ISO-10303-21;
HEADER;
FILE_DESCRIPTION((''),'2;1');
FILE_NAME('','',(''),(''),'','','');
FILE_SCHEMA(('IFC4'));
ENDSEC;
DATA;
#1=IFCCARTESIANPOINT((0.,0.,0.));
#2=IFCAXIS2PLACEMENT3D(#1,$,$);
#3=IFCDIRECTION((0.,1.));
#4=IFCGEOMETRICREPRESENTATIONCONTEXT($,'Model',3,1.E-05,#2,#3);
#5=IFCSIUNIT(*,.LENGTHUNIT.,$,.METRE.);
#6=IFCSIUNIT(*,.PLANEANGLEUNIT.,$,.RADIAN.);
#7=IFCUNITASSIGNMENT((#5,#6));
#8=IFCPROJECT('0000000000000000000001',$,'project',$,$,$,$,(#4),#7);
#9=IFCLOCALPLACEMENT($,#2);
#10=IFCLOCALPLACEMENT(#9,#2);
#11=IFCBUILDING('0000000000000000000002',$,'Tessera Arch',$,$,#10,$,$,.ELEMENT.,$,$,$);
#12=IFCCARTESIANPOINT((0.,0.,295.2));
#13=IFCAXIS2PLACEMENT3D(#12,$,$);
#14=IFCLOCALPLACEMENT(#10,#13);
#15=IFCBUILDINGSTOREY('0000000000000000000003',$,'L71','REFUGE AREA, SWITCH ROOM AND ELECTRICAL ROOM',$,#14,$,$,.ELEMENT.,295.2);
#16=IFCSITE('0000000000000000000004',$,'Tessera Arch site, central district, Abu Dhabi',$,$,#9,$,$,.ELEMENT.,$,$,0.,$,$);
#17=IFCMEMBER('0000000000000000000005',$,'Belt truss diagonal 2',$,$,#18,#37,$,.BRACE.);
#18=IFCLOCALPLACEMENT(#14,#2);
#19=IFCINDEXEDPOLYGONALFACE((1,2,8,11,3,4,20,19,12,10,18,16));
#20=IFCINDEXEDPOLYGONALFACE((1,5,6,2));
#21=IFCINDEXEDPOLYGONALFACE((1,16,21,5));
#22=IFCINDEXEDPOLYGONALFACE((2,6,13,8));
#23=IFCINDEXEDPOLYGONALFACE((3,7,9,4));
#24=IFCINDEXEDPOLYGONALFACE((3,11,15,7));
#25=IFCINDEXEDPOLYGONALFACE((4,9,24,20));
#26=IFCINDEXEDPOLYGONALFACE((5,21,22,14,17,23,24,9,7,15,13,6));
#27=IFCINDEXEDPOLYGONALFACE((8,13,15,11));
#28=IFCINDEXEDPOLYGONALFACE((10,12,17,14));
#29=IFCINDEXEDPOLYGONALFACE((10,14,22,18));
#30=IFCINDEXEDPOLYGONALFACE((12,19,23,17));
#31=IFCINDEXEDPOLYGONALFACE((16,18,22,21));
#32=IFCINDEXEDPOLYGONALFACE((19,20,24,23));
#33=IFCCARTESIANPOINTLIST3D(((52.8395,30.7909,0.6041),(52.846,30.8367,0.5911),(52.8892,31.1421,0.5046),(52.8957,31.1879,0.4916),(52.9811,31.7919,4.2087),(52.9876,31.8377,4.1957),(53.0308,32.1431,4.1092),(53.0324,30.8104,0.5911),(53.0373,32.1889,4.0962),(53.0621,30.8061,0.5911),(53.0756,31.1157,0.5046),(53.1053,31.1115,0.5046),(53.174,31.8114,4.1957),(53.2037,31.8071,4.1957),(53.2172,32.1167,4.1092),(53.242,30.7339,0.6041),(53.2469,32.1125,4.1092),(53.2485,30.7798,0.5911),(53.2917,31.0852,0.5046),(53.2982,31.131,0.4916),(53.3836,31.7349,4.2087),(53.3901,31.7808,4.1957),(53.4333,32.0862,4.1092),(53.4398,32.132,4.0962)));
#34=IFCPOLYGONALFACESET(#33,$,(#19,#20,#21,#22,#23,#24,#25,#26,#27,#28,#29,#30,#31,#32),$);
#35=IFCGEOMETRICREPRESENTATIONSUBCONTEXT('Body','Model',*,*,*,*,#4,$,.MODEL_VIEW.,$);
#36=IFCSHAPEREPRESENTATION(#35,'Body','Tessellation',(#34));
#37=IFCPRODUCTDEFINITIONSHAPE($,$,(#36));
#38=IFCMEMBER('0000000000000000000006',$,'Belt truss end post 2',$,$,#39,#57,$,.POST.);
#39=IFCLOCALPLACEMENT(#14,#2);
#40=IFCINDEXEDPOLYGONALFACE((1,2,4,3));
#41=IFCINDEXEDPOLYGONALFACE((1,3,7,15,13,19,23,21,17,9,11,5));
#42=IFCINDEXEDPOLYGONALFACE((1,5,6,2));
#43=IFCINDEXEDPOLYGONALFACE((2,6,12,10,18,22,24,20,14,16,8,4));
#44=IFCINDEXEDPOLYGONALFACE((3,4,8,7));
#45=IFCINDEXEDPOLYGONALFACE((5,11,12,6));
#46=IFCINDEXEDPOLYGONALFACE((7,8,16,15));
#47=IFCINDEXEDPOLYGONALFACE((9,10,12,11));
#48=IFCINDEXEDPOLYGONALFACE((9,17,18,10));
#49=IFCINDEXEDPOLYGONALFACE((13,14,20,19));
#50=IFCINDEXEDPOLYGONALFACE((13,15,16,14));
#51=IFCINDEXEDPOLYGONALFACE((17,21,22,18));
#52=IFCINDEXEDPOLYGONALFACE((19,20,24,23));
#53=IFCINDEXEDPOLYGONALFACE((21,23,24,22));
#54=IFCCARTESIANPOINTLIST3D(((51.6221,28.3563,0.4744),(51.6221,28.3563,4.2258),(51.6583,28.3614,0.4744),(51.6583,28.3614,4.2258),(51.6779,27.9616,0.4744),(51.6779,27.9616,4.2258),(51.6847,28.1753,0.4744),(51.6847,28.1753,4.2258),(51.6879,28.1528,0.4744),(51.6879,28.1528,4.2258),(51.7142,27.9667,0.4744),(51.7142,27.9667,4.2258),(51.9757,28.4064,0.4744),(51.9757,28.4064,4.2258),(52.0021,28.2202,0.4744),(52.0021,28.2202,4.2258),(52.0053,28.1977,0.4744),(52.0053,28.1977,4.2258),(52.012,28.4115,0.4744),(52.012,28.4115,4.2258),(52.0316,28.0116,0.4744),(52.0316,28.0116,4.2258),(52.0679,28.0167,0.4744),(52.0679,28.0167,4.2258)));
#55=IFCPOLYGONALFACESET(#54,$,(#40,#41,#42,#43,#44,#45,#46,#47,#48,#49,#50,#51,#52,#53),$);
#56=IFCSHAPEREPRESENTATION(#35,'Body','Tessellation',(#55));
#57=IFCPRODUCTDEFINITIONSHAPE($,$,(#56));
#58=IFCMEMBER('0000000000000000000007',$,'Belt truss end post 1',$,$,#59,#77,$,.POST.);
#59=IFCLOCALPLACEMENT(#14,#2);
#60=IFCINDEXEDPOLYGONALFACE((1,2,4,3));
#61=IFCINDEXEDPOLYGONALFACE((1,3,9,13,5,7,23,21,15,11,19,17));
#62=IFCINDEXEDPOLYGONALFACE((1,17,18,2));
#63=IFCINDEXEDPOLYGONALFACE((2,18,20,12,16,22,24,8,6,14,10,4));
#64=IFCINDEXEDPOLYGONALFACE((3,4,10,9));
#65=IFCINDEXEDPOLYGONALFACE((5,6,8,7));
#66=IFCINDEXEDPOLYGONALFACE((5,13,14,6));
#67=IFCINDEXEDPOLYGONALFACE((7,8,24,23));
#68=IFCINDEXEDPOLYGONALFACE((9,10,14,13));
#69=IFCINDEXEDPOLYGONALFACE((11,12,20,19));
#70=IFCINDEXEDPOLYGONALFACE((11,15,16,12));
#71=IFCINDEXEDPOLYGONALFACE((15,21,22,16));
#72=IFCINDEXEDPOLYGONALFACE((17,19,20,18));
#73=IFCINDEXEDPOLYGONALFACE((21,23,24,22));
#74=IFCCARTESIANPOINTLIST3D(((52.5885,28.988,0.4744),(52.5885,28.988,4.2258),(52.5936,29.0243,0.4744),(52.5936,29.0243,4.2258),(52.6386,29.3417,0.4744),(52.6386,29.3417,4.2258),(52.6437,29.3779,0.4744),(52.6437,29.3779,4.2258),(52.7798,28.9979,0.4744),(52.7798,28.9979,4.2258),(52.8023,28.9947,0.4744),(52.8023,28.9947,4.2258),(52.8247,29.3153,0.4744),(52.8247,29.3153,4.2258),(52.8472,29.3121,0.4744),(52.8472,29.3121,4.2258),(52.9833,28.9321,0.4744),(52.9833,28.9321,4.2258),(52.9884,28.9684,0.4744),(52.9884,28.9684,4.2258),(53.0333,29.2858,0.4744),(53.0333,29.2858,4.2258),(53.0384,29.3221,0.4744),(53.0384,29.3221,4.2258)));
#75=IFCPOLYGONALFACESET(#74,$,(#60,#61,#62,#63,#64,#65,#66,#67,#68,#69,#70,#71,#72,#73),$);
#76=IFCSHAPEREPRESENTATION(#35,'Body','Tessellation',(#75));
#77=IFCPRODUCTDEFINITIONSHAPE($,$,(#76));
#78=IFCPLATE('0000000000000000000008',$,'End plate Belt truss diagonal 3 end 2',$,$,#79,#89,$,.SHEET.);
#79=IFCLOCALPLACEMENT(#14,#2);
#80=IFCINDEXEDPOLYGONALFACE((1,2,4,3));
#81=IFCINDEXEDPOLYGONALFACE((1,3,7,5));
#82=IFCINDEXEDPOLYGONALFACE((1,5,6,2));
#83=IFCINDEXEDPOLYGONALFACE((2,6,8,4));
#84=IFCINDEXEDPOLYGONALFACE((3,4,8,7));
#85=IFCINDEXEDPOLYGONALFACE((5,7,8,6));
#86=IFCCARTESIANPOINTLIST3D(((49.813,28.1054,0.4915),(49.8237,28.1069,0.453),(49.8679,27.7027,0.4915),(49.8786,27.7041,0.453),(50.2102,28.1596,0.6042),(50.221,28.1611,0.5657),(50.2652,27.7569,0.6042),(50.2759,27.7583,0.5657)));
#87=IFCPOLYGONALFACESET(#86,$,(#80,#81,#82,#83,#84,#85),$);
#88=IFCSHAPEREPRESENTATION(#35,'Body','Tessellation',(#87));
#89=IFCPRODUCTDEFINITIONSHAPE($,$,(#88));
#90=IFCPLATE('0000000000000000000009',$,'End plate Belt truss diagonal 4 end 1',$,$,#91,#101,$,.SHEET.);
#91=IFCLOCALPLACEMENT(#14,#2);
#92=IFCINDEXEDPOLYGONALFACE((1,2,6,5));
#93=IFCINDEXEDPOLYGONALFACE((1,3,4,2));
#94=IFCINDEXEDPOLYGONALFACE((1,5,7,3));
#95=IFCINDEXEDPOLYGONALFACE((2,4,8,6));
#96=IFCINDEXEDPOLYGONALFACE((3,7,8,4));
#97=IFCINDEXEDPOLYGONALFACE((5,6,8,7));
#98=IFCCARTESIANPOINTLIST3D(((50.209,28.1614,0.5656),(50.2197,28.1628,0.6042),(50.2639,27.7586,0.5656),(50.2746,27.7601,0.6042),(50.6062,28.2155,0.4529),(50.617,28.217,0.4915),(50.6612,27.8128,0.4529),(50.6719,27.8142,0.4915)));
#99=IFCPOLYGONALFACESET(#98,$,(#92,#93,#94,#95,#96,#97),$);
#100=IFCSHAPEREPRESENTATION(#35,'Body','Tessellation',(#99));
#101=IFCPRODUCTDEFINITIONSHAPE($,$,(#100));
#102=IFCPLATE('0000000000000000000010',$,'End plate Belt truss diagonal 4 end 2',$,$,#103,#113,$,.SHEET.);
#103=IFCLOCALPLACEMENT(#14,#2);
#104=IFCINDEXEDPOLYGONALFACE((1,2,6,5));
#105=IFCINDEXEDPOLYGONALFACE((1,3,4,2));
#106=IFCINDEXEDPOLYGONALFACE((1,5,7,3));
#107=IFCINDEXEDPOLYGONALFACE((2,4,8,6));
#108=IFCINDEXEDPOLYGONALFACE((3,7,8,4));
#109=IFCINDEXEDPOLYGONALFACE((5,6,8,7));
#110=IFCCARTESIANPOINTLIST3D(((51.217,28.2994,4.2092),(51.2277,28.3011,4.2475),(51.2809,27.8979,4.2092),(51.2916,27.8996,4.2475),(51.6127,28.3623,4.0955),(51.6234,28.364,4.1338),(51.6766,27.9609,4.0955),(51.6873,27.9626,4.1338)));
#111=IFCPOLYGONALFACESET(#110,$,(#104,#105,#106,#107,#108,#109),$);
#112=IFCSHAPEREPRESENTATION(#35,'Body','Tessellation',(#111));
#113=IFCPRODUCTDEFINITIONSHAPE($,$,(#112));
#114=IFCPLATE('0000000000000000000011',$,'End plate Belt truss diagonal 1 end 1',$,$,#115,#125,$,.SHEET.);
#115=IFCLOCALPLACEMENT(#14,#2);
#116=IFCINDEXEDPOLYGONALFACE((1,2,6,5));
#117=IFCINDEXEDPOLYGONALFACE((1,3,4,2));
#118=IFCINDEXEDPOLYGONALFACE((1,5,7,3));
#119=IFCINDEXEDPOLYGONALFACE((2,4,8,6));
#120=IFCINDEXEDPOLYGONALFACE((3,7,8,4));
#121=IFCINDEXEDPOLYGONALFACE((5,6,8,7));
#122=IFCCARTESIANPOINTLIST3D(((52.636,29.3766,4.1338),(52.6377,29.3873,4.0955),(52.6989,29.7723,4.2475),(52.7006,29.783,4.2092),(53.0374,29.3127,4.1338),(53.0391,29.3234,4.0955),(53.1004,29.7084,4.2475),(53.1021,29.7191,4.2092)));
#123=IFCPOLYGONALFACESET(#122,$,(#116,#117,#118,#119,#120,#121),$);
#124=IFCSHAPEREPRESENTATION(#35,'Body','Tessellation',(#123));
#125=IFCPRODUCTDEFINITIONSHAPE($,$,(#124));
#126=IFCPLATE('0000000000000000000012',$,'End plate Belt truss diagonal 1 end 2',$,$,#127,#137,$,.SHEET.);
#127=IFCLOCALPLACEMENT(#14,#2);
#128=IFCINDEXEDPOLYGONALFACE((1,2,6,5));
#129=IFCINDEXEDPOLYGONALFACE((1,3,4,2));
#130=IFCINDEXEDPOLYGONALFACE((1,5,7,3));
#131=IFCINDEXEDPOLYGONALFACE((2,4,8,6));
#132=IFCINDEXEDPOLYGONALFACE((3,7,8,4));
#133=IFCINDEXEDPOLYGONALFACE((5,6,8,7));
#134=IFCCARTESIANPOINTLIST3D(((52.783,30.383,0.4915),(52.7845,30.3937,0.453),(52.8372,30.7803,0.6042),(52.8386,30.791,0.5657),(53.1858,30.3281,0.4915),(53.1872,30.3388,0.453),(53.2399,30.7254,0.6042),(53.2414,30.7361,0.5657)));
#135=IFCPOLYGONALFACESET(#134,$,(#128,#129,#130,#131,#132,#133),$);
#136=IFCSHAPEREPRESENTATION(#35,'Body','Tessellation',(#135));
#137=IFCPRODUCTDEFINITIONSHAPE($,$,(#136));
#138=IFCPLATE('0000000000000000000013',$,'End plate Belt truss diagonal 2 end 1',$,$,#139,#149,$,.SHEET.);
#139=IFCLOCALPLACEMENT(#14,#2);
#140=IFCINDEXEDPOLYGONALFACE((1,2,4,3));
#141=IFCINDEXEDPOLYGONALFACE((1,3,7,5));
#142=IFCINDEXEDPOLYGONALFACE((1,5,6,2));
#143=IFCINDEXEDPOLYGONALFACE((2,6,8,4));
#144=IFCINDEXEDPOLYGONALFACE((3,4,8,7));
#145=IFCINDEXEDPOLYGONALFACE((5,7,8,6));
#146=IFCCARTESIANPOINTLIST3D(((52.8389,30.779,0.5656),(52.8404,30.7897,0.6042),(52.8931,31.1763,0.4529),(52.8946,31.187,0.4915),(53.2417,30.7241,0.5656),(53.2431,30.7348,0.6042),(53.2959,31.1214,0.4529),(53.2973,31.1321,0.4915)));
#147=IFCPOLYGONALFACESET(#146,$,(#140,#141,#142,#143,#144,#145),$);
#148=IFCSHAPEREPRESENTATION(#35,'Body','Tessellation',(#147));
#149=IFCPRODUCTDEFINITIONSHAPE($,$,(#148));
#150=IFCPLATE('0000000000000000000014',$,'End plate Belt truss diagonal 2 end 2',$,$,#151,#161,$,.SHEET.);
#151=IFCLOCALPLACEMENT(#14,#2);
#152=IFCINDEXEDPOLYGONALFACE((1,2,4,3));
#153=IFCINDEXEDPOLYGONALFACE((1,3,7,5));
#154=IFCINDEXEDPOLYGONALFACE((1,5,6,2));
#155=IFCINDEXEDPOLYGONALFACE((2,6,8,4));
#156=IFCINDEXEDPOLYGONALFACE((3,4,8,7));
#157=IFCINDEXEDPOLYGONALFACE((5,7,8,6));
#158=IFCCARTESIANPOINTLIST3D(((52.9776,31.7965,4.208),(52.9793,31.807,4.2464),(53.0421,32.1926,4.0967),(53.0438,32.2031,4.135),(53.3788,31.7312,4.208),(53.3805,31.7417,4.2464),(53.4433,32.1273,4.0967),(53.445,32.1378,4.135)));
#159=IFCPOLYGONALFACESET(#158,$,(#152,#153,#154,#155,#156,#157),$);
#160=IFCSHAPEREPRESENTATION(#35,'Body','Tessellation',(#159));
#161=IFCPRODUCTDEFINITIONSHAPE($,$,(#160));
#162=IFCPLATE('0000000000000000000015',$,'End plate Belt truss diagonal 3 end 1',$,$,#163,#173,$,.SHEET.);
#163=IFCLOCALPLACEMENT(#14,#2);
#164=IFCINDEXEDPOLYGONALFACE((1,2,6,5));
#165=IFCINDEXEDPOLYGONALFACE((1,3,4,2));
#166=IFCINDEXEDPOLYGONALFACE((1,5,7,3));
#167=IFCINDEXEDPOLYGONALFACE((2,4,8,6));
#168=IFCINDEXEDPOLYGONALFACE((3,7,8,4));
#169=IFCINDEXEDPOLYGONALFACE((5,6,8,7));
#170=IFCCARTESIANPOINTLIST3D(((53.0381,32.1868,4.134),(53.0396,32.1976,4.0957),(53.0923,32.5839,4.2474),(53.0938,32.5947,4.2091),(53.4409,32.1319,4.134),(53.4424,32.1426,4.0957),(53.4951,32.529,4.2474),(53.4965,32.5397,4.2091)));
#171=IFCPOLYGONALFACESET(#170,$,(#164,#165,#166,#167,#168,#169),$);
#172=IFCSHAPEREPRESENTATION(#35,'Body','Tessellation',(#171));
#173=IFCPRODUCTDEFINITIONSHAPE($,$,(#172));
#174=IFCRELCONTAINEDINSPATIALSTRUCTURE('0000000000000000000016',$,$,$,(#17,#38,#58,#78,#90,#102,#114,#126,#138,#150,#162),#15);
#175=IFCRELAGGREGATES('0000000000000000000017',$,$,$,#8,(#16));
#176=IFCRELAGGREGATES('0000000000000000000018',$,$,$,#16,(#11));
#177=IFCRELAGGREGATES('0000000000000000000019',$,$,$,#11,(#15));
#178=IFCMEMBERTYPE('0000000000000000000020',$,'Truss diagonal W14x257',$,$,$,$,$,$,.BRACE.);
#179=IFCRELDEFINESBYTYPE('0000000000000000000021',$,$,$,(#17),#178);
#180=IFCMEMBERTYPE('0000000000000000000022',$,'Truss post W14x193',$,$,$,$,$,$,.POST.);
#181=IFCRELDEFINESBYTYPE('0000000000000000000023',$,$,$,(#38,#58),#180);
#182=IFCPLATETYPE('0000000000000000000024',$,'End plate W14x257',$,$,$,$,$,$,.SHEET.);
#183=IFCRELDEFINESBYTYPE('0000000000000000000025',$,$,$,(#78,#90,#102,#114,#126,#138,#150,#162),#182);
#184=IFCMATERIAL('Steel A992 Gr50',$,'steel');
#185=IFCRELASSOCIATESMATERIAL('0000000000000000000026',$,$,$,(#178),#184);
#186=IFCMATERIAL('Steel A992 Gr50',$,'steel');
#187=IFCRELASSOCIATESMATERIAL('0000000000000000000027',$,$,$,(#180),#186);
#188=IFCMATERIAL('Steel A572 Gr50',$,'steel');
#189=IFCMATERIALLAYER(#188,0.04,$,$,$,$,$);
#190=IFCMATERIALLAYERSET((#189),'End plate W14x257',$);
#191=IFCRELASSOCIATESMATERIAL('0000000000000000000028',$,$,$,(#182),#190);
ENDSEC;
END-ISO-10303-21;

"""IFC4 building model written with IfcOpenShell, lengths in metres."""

from ifc_helpers import new_model, si_unit, direction, frame, origin, origin_2d, place, context, subcontext, project, spatial, rectangle, i_section, extrude, material, layer, layer_set, material_profile, profile_set, type_object, element, save


model = new_model("IFC4")

# Units and contexts
model_context = context("Model", 3, precision=1e-05, world=origin(), true_north=direction((0.0, 1.0)))
body_context = subcontext(model_context, "Body", "Model", "MODEL_VIEW")
ifc_project = project(units=[si_unit("LENGTHUNIT", "METRE"), si_unit("PLANEANGLEUNIT", "RADIAN")], contexts=[model_context])

# Site, building, storey
site_placement = place(None, origin())
site = spatial("IfcSite", under=ifc_project, at=site_placement, Name="Tessera Arch site, central district, Abu Dhabi", CompositionType="ELEMENT", RefElevation=0.0)
building_placement = place(site_placement, origin())
building = spatial("IfcBuilding", under=site, at=building_placement, Name="Tessera Arch", CompositionType="ELEMENT")
storey_placement = place(building_placement, frame((0.0, 0.0, 295.2)))
storey = spatial("IfcBuildingStorey", under=building, at=storey_placement, Name="L71", Description="REFUGE AREA, SWITCH ROOM AND ELECTRICAL ROOM", CompositionType="ELEMENT", Elevation=295.2)

# Members
ifc_material_1 = material(Name="Steel A992 Gr50", Category="steel")
ifc_material_profile_1 = material_profile(ifc_material_1, i_section(OverallWidth=0.4065, OverallDepth=0.4165, WebThickness=0.03, FlangeThickness=0.0481, at=origin_2d()), Name="W14x257")
ifc_profile_set_1 = profile_set([ifc_material_profile_1], Name="Steel A992 Gr50")
member_type_1 = type_object("IfcMemberType", Name="Truss diagonal W14x257", PredefinedType="BRACE", material=ifc_profile_set_1)
for number, where, z_axis, x_axis, name in (
    (1, (53.0688, 30.9609, 0.5479), (0.037825, 0.267385, 0.962847), (-0.990142, 0.140069, 0.0), "Belt truss diagonal 2"),
):
    element("IfcMember", number, at=place(storey_placement, frame(where, z_axis=z_axis, x_axis=x_axis)), inside=storey, type_object=member_type_1, Name=name, PredefinedType="BRACE", context=body_context, shape_type="SweptSolid", body=[
        extrude(i_section(OverallWidth=0.4065, OverallDepth=0.4165, WebThickness=0.03, FlangeThickness=0.0481, at=origin_2d()), origin(), (0.0, 0.0, 1.0), 3.7437),
    ])
ifc_material_2 = material(Name="Steel A992 Gr50", Category="steel")
ifc_material_profile_2 = material_profile(ifc_material_2, i_section(OverallWidth=0.3987, OverallDepth=0.3938, WebThickness=0.0227, FlangeThickness=0.0366, at=origin_2d()), Name="W14x193")
ifc_profile_set_2 = profile_set([ifc_material_profile_2], Name="Steel A992 Gr50")
member_type_2 = type_object("IfcMemberType", Name="Truss post W14x193", PredefinedType="POST", material=ifc_profile_set_2)
for number, where, z_axis, x_axis, name in (
    (2, (51.845, 28.1865, 0.4744), (0.0, 0.0, 1.0), (-0.140089, 0.990139, 0.0), "Belt truss end post 2"),
    (3, (52.8135, 29.155, 0.4744), (0.0, 0.0, 1.0), (-0.990139, 0.140089, 0.0), "Belt truss end post 1"),
):
    element("IfcMember", number, at=place(storey_placement, frame(where, z_axis=z_axis, x_axis=x_axis)), inside=storey, type_object=member_type_2, Name=name, PredefinedType="POST", context=body_context, shape_type="SweptSolid", body=[
        extrude(i_section(OverallWidth=0.3987, OverallDepth=0.3938, WebThickness=0.0227, FlangeThickness=0.0366, at=origin_2d()), origin(), (0.0, 0.0, 1.0), 3.7515),
    ])

# Plates
ifc_material_3 = material(Name="Steel A572 Gr50", Category="steel")
ifc_layer = layer(ifc_material_3, 0.04)
ifc_layer_set = layer_set([ifc_layer], Name="End plate W14x257")
plate_type = type_object("IfcPlateType", Name="End plate W14x257", PredefinedType="SHEET", material=ifc_layer_set)
for number, where, z_axis, x_axis, name in (
    (4, (50.0391, 27.9312, 0.5479), (0.268093, 0.036558, -0.962699), (-0.135113, 0.99083, 0.0), "End plate Belt truss diagonal 3 end 2"),
    (5, (50.4351, 27.9871, 0.5093), (0.268093, 0.036558, 0.962699), (-0.135113, 0.99083, 0.0), "End plate Belt truss diagonal 4 end 1"),
):
    element("IfcPlate", number, at=place(storey_placement, frame(where, z_axis=z_axis, x_axis=x_axis)), inside=storey, type_object=plate_type, Name=name, PredefinedType="SHEET", context=body_context, shape_type="SweptSolid", body=[
        extrude(rectangle(XDim=0.4065, YDim=0.4165, at=origin_2d()), origin(), (0.0, 0.0, 1.0), 0.04),
    ])
for number, where, z_axis, x_axis, name in (
    (6, (51.4468, 28.1301, 4.1523), (0.269609, 0.042892, 0.962014), (-0.157115, 0.98758, 0.0), "End plate Belt truss diagonal 4 end 2"),
    (7, (52.8682, 29.5425, 4.1907), (0.042892, 0.269609, -0.962014), (-0.98758, 0.157115, 0.0), "End plate Belt truss diagonal 1 end 1"),
):
    element("IfcPlate", number, at=place(storey_placement, frame(where, z_axis=z_axis, x_axis=x_axis)), inside=storey, type_object=plate_type, Name=name, PredefinedType="SHEET", context=body_context, shape_type="SweptSolid", body=[
        extrude(rectangle(XDim=0.4065, YDim=0.4165, at=origin_2d()), origin(), (0.0, 0.0, 1.0), 0.0398),
    ])
for number, where, z_axis, x_axis, name in (
    (8, (53.0115, 30.5542, 0.5479), (0.036558, 0.268093, -0.962699), (-0.99083, 0.135113, 0.0), "End plate Belt truss diagonal 1 end 2"),
    (9, (53.0674, 30.9502, 0.5093), (0.036558, 0.268093, 0.962699), (-0.99083, 0.135113, 0.0), "End plate Belt truss diagonal 2 end 1"),
):
    element("IfcPlate", number, at=place(storey_placement, frame(where, z_axis=z_axis, x_axis=x_axis)), inside=storey, type_object=plate_type, Name=name, PredefinedType="SHEET", context=body_context, shape_type="SweptSolid", body=[
        extrude(rectangle(XDim=0.4065, YDim=0.4165, at=origin_2d()), origin(), (0.0, 0.0, 1.0), 0.04),
    ])
for number, where, z_axis, x_axis, name in (
    (10, (53.2104, 31.9619, 4.1523), (0.042963, 0.263913, 0.963589), (-0.987007, 0.160676, 0.0), "End plate Belt truss diagonal 2 end 2"),
    (11, (53.2666, 32.3579, 4.1907), (0.036774, 0.269675, -0.962249), (-0.99083, 0.135113, 0.0), "End plate Belt truss diagonal 3 end 1"),
):
    element("IfcPlate", number, at=place(storey_placement, frame(where, z_axis=z_axis, x_axis=x_axis)), inside=storey, type_object=plate_type, Name=name, PredefinedType="SHEET", context=body_context, shape_type="SweptSolid", body=[
        extrude(rectangle(XDim=0.4065, YDim=0.4165, at=origin_2d()), origin(), (0.0, 0.0, 1.0), 0.0398),
    ])

save(model, "model.ifc")
